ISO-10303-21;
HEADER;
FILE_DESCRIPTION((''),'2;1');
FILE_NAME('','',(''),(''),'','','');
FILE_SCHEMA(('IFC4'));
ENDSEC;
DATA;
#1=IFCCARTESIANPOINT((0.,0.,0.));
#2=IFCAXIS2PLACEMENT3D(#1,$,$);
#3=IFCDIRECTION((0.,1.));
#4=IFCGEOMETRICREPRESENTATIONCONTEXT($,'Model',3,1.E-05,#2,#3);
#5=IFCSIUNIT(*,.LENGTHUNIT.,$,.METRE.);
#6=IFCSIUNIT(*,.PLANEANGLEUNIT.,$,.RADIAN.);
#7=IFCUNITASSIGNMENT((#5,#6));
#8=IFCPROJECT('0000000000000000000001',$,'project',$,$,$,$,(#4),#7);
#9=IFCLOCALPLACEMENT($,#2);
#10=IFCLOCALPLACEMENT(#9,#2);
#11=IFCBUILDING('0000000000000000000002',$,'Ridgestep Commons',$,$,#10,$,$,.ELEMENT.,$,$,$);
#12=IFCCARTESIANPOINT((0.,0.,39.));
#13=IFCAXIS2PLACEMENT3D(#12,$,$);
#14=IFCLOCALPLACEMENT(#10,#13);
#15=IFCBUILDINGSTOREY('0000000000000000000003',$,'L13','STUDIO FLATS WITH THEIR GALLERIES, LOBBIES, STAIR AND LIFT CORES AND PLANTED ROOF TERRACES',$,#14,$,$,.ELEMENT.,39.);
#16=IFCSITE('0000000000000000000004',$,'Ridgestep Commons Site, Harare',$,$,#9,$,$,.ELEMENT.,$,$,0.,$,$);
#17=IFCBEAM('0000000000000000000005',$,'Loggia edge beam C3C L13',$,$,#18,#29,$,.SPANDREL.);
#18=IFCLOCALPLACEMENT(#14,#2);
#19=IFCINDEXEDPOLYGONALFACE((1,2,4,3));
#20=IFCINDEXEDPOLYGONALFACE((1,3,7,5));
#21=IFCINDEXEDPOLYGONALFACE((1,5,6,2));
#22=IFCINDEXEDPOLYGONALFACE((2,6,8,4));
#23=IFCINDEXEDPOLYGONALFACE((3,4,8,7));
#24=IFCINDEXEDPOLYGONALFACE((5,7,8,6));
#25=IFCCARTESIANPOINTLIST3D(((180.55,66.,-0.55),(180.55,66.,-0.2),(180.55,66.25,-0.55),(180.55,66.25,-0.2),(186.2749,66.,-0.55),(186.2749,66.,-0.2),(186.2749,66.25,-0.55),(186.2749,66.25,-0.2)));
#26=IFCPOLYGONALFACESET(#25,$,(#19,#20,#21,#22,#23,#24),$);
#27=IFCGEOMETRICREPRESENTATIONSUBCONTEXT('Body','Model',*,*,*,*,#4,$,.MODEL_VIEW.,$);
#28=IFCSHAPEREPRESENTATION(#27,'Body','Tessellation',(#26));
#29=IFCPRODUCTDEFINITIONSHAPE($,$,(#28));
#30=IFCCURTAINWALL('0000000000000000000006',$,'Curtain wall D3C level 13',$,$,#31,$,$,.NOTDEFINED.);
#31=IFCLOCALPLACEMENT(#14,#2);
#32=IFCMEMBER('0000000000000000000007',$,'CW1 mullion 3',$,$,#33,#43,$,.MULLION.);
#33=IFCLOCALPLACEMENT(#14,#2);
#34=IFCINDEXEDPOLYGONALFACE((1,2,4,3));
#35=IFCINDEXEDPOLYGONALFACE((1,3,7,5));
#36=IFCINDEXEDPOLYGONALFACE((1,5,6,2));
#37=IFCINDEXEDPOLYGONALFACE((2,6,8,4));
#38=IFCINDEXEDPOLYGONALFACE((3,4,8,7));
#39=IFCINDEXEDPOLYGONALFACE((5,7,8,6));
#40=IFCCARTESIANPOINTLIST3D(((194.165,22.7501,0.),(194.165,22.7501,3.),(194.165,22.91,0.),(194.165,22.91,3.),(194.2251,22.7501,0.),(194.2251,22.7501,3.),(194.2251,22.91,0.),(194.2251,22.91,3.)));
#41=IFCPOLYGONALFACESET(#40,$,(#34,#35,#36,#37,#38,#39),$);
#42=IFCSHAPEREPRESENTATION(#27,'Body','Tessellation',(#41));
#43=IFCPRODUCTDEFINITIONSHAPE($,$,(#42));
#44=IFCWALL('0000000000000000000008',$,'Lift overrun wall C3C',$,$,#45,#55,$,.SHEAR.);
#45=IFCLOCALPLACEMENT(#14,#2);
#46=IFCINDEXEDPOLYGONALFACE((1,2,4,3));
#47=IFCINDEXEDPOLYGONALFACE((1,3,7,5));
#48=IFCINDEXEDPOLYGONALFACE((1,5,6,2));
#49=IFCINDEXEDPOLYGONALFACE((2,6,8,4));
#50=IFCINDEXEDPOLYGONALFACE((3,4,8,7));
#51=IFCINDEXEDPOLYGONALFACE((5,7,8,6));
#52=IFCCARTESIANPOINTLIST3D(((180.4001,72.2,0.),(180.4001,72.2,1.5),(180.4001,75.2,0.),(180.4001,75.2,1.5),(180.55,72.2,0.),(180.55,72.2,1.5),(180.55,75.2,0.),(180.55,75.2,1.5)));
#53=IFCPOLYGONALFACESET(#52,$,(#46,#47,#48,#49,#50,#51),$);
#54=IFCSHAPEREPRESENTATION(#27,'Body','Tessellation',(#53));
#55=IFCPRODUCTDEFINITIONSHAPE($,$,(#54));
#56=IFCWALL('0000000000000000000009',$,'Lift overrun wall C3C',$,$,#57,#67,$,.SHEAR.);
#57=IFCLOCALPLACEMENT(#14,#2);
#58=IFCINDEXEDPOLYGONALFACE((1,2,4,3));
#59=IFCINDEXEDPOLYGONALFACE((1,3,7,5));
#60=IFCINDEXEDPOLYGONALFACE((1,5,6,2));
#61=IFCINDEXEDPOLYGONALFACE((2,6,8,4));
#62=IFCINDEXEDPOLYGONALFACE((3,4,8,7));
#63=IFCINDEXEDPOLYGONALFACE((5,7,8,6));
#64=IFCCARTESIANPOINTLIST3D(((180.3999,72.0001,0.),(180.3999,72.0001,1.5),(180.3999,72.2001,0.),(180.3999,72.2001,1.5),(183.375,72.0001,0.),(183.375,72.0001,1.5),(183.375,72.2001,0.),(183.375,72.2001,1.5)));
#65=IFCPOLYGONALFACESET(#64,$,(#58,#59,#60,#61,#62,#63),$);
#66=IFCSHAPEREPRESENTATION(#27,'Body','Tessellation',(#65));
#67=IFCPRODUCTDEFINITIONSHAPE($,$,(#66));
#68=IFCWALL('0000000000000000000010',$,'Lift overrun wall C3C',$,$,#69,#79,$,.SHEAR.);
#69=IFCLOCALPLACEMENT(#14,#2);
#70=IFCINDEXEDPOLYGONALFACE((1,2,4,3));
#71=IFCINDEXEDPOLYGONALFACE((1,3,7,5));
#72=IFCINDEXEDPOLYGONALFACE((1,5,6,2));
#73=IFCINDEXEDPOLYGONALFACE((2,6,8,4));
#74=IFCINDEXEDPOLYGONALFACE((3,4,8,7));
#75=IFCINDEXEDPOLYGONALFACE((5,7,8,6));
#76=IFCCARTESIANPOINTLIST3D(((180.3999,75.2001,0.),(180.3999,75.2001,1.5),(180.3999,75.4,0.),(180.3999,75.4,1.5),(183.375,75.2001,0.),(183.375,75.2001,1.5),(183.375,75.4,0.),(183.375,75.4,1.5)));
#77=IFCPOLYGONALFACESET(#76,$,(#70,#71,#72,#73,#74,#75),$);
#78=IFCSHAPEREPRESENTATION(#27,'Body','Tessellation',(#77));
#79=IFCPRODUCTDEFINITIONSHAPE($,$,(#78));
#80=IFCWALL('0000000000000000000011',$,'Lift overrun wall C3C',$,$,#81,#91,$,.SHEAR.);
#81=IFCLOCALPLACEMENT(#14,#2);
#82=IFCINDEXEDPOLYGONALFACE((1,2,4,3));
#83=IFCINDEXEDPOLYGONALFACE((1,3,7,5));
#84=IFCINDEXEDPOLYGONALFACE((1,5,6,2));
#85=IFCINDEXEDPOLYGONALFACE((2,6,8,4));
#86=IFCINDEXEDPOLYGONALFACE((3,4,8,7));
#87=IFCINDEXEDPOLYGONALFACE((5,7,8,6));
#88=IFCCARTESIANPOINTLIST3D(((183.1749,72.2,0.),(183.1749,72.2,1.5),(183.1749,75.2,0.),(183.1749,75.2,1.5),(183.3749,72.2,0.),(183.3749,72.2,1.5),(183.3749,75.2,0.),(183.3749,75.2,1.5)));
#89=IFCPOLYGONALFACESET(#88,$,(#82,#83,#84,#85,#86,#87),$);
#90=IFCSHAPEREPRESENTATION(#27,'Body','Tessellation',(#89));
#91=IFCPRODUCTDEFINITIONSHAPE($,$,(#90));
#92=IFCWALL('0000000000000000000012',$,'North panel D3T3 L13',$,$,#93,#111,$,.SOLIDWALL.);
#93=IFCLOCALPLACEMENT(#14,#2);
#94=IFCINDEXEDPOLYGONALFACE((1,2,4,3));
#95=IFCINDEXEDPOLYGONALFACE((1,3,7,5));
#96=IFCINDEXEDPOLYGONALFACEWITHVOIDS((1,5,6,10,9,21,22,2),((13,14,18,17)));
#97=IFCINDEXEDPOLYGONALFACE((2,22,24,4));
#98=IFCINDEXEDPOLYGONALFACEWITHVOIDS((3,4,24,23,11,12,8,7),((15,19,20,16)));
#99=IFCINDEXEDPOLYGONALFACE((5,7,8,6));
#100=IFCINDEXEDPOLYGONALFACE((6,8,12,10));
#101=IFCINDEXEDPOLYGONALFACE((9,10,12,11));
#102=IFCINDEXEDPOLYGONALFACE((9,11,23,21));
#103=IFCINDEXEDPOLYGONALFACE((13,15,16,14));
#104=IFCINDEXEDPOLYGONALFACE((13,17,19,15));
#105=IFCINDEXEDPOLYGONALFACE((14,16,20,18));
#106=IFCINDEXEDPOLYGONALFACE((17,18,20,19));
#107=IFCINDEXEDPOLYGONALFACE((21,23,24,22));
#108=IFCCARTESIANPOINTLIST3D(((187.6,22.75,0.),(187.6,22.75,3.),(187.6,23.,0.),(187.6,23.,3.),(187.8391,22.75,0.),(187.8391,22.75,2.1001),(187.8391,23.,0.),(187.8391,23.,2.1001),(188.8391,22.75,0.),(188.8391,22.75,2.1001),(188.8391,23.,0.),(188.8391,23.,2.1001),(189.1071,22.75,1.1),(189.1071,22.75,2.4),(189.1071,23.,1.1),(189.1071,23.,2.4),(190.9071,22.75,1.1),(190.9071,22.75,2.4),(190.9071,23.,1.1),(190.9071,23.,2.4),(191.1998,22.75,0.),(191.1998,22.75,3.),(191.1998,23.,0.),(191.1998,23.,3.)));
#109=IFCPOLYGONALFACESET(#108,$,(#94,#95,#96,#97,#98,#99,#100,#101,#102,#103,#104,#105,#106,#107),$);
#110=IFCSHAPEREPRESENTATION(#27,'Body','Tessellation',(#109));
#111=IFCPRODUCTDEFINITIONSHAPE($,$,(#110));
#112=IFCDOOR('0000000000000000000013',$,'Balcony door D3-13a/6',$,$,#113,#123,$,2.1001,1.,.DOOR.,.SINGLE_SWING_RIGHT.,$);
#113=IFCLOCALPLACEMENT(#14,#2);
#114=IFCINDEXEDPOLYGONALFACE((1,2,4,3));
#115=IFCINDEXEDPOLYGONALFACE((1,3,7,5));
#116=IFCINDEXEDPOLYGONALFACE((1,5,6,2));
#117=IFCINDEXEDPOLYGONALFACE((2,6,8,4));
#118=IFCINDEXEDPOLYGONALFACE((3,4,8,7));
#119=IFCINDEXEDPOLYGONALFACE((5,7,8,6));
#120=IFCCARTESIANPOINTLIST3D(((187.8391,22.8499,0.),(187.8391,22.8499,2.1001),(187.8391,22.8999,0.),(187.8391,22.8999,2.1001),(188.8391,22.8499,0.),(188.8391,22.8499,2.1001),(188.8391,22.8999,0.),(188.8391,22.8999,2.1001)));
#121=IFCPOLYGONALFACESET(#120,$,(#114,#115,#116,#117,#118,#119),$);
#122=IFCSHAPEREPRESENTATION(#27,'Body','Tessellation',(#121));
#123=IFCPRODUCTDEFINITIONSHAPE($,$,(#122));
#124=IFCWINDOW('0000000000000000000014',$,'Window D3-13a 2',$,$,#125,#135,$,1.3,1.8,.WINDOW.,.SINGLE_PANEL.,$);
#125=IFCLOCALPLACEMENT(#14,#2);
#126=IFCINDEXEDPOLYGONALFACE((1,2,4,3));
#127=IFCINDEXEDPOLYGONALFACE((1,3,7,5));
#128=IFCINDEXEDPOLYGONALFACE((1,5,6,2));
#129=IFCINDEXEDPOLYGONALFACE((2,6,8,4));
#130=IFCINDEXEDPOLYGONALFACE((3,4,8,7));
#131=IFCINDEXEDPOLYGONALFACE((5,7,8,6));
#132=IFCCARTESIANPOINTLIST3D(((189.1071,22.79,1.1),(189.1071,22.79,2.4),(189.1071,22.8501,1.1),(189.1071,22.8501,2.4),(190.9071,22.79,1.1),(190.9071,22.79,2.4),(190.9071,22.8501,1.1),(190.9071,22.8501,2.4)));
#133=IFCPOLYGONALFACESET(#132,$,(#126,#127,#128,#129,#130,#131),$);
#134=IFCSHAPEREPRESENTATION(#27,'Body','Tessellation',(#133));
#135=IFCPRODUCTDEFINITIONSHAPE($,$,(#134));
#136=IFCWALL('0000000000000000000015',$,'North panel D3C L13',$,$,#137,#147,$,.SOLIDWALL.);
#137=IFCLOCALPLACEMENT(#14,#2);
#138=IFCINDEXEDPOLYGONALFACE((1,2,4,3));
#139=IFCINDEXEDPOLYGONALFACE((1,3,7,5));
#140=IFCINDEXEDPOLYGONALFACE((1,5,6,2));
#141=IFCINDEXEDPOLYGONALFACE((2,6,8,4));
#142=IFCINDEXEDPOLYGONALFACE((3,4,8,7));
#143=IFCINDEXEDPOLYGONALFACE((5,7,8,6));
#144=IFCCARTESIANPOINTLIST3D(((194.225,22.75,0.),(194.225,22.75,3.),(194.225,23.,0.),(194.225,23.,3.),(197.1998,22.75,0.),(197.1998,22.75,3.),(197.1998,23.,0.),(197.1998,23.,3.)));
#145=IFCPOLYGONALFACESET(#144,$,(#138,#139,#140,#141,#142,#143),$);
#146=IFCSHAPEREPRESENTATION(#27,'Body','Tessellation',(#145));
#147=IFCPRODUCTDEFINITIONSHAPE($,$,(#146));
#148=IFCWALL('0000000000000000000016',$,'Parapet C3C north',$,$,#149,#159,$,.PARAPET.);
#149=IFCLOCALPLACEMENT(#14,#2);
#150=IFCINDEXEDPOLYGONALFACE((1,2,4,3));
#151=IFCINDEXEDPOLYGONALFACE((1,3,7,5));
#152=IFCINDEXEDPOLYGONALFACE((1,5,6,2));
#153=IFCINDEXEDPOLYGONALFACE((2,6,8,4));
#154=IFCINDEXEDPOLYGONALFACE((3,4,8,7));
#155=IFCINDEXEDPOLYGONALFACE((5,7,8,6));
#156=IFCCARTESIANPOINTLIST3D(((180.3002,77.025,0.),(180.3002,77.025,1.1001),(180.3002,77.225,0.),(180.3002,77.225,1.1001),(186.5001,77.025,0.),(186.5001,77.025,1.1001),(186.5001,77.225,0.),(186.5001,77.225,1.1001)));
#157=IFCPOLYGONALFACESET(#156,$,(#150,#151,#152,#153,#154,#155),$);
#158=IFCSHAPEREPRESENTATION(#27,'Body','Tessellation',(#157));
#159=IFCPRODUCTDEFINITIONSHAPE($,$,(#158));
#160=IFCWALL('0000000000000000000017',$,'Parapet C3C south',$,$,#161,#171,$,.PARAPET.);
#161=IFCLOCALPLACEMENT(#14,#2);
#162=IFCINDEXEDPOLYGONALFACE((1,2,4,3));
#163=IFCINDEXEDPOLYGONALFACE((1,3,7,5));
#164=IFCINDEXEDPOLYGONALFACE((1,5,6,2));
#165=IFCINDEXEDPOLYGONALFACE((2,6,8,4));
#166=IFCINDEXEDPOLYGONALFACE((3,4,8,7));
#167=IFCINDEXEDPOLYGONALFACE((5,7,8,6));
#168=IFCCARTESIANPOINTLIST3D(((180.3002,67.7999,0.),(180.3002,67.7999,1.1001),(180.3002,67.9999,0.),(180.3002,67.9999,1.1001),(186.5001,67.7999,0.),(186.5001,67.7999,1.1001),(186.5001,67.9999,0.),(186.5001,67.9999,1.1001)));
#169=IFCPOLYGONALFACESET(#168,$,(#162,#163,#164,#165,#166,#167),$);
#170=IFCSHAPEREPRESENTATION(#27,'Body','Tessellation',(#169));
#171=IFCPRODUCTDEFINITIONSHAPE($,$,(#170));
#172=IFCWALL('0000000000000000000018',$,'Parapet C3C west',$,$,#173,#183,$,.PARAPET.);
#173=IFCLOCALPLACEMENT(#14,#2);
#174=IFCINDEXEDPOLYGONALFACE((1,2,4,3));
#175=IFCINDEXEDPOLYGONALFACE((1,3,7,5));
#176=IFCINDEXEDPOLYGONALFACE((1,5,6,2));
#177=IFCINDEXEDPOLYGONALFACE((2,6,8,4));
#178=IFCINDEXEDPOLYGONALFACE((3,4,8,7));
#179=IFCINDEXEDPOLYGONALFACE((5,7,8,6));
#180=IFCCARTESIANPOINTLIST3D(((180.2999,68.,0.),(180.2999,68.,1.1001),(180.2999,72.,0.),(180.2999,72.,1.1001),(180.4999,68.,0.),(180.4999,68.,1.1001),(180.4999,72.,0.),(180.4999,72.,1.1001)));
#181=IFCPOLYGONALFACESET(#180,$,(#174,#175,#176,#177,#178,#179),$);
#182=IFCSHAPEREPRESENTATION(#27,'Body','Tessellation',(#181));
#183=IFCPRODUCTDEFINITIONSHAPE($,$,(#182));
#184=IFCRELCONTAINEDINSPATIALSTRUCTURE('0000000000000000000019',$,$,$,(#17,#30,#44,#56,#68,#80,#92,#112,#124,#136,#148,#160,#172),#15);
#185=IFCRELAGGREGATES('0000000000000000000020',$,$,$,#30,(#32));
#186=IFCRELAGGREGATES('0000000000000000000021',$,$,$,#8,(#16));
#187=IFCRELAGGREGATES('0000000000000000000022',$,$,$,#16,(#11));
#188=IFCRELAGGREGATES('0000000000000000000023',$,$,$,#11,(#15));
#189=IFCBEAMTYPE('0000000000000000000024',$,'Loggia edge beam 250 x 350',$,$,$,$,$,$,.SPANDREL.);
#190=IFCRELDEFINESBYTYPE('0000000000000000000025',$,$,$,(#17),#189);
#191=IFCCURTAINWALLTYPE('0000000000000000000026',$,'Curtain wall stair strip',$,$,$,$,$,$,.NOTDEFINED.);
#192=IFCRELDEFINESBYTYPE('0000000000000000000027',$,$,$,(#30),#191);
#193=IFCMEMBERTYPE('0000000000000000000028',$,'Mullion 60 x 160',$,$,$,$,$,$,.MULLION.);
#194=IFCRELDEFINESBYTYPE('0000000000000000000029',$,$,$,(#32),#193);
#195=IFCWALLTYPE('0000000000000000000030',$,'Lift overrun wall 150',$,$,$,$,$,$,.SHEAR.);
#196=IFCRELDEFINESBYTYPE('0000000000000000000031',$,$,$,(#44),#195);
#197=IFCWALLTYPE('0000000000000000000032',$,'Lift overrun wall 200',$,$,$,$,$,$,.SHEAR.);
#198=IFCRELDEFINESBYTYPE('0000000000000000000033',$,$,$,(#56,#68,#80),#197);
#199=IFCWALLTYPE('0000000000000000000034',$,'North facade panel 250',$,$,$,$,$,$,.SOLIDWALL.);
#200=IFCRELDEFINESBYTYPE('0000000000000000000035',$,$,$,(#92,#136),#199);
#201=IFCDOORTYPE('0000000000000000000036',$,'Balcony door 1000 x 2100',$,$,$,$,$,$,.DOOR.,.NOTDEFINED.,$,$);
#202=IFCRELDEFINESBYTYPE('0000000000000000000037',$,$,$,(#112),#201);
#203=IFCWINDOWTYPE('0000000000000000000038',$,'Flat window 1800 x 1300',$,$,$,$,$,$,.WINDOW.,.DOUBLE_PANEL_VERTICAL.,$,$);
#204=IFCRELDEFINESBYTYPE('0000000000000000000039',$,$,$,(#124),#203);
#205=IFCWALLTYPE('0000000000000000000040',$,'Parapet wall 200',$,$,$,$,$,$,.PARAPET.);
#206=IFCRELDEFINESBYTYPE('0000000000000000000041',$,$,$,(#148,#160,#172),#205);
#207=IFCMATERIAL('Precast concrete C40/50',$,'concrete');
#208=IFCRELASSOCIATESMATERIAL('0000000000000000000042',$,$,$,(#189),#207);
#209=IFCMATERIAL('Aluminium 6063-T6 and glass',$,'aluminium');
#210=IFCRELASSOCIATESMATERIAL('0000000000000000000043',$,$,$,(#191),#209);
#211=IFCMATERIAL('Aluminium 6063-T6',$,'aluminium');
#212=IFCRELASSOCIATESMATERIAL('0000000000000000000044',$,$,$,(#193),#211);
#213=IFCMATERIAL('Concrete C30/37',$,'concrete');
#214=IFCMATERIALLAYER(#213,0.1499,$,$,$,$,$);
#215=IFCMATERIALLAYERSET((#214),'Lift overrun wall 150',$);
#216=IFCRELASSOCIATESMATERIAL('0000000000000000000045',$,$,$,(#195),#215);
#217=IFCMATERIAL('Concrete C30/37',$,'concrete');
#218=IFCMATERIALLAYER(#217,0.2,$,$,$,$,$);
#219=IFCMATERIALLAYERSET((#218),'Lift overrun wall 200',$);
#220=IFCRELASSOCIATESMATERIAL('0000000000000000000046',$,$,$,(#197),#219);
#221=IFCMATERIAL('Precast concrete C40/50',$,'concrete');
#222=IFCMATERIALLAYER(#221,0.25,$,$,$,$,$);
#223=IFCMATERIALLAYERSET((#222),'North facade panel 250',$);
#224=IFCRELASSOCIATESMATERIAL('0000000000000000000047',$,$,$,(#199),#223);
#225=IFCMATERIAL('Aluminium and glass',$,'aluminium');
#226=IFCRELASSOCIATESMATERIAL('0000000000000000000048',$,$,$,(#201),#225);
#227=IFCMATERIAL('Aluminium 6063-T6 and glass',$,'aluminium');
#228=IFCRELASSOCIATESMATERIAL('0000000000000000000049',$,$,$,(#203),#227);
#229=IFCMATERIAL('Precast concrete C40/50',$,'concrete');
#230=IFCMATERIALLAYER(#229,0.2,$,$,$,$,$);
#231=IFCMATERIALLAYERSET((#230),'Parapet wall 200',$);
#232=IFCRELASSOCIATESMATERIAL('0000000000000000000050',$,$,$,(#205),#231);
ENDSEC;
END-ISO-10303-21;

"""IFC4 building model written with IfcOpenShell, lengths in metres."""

from ifc_helpers import new_model, si_unit, direction, frame, frame_2d, origin, origin_2d, place, context, subcontext, project, spatial, rectangle, extrude, material, layer, layer_set, material_profile, profile_set, type_object, element, fill, aggregate, save


model = new_model("IFC4")

# Units and contexts
model_context = context("Model", 3, precision=1e-05, world=origin(), true_north=direction((0.0, 1.0)))
body_context = subcontext(model_context, "Body", "Model", "MODEL_VIEW")
ifc_project = project(units=[si_unit("LENGTHUNIT", "METRE"), si_unit("PLANEANGLEUNIT", "RADIAN")], contexts=[model_context])

# Site, building, storey
site_placement = place(None, origin())
site = spatial("IfcSite", under=ifc_project, at=site_placement, Name="Ridgestep Commons Site, Harare", CompositionType="ELEMENT", RefElevation=0.0)
building_placement = place(site_placement, origin())
building = spatial("IfcBuilding", under=site, at=building_placement, Name="Ridgestep Commons", CompositionType="ELEMENT")
storey_placement = place(building_placement, frame((0.0, 0.0, 39.0)))
storey = spatial("IfcBuildingStorey", under=building, at=storey_placement, Name="L13", Description="STUDIO FLATS WITH THEIR GALLERIES, LOBBIES, STAIR AND LIFT CORES AND PLANTED ROOF TERRACES", CompositionType="ELEMENT", Elevation=39.0)

# Beam
ifc_material_1 = material(Name="Precast concrete C40/50", Category="concrete")
ifc_material_profile_1 = material_profile(ifc_material_1, rectangle(XDim=0.25, YDim=0.3501, at=origin_2d()), Name="PC 250x350")
ifc_profile_set_1 = profile_set([ifc_material_profile_1], Name="Precast concrete C40/50")
beam_type = type_object("IfcBeamType", Name="Loggia edge beam 250 x 350", PredefinedType="SPANDREL", material=ifc_profile_set_1)
beam_placement = place(storey_placement, frame((180.55, 66.125, -0.375), z_axis=(1.0, 0.0, 0.0), x_axis=(0.0, 1.0, 0.0)))
element("IfcBeam", 1, at=beam_placement, inside=storey, type_object=beam_type, Name="Loggia edge beam C3C L13", PredefinedType="SPANDREL", context=body_context, shape_type="SweptSolid", body=[
    extrude(rectangle(XDim=0.25, YDim=0.3501, at=origin_2d()), origin(), (0.0, 0.0, 1.0), 5.7249),
])

# Curtain wall, member
ifc_material_2 = material(Name="Aluminium 6063-T6 and glass", Category="aluminium")
curtain_wall_type = type_object("IfcCurtainWallType", Name="Curtain wall stair strip", PredefinedType="NOTDEFINED", material=ifc_material_2)
curtain_wall_placement = place(storey_placement, origin())
curtain_wall = element("IfcCurtainWall", 2, at=curtain_wall_placement, inside=storey, type_object=curtain_wall_type, Name="Curtain wall D3C level 13", PredefinedType="NOTDEFINED")
ifc_material_3 = material(Name="Aluminium 6063-T6", Category="aluminium")
ifc_material_profile_2 = material_profile(ifc_material_3, rectangle(XDim=0.1599, YDim=0.0601, at=origin_2d()), Name="Mullion 60 x 160")
ifc_profile_set_2 = profile_set([ifc_material_profile_2], Name="Aluminium 6063-T6")
member_type = type_object("IfcMemberType", Name="Mullion 60 x 160", PredefinedType="MULLION", material=ifc_profile_set_2)
member_placement = place(storey_placement, frame((194.1951, 22.8301, 0.0), z_axis=(0.0, 0.0, 1.0), x_axis=(0.0, 1.0, 0.0)))
member = element("IfcMember", 3, at=member_placement, type_object=member_type, Name="CW1 mullion 3", PredefinedType="MULLION", context=body_context, shape_type="SweptSolid", body=[
    extrude(rectangle(XDim=0.1599, YDim=0.0601, at=origin_2d()), origin(), (0.0, 0.0, 1.0), 3.0),
])
aggregate(curtain_wall, [member])

# Walls
ifc_material_4 = material(Name="Concrete C30/37", Category="concrete")
ifc_layer_1 = layer(ifc_material_4, 0.1499)
ifc_layer_set_1 = layer_set([ifc_layer_1], Name="Lift overrun wall 150")
wall_type_1 = type_object("IfcWallType", Name="Lift overrun wall 150", PredefinedType="SHEAR", material=ifc_layer_set_1)
wall_1_placement = place(storey_placement, frame((180.4751, 72.2, 0.0), z_axis=(0.0, 0.0, 1.0), x_axis=(0.0, 1.0, 0.0)))
element("IfcWall", 4, at=wall_1_placement, inside=storey, type_object=wall_type_1, Name="Lift overrun wall C3C", PredefinedType="SHEAR", context=body_context, shape_type="SweptSolid", body=[
    extrude(rectangle(XDim=3.0, YDim=0.1499, at=frame_2d((1.5, 0.0))), origin(), (0.0, 0.0, 1.0), 1.5),
])
ifc_material_5 = material(Name="Concrete C30/37", Category="concrete")
ifc_layer_2 = layer(ifc_material_5, 0.2)
ifc_layer_set_2 = layer_set([ifc_layer_2], Name="Lift overrun wall 200")
wall_type_2 = type_object("IfcWallType", Name="Lift overrun wall 200", PredefinedType="SHEAR", material=ifc_layer_set_2)
for number, where, z_axis, x_axis, name in (
    (5, (180.3999, 72.1001, 0.0), (0.0, 0.0, 1.0), (1.0, 0.0, 0.0), "Lift overrun wall C3C"),
    (6, (180.3999, 75.3, 0.0), (0.0, 0.0, 1.0), (1.0, 0.0, 0.0), "Lift overrun wall C3C"),
):
    element("IfcWall", number, at=place(storey_placement, frame(where, z_axis=z_axis, x_axis=x_axis)), inside=storey, type_object=wall_type_2, Name=name, PredefinedType="SHEAR", context=body_context, shape_type="SweptSolid", body=[
        extrude(rectangle(XDim=2.9751, YDim=0.2, at=frame_2d((1.4875, 0.0))), origin(), (0.0, 0.0, 1.0), 1.5),
    ])
wall_2_placement = place(storey_placement, frame((183.2749, 72.2, 0.0), z_axis=(0.0, 0.0, 1.0), x_axis=(0.0, 1.0, 0.0)))
element("IfcWall", 7, at=wall_2_placement, inside=storey, type_object=wall_type_2, Name="Lift overrun wall C3C", PredefinedType="SHEAR", context=body_context, shape_type="SweptSolid", body=[
    extrude(rectangle(XDim=3.0, YDim=0.2, at=frame_2d((1.5, 0.0))), origin(), (0.0, 0.0, 1.0), 1.5),
])

# Wall, openings, door, window
ifc_material_6 = material(Name="Precast concrete C40/50", Category="concrete")
ifc_layer_3 = layer(ifc_material_6, 0.25)
ifc_layer_set_3 = layer_set([ifc_layer_3], Name="North facade panel 250")
wall_type_3 = type_object("IfcWallType", Name="North facade panel 250", PredefinedType="SOLIDWALL", material=ifc_layer_set_3)
wall_3_placement = place(storey_placement, frame((187.6001, 22.875, 0.0), z_axis=(0.0, 0.0, 1.0), x_axis=(1.0, 0.0, 0.0)))
wall_3 = element("IfcWall", 8, at=wall_3_placement, inside=storey, type_object=wall_type_3, Name="North panel D3T3 L13", PredefinedType="SOLIDWALL", context=body_context, shape_type="SweptSolid", body=[
    extrude(rectangle(XDim=3.5999, YDim=0.25, at=frame_2d((1.7998, 0.0))), origin(), (0.0, 0.0, 1.0), 3.0),
])
opening_1_placement = place(wall_3_placement, frame((1.5071, 0.0, 1.1001)))
opening_1 = element("IfcOpeningElement", 9, at=opening_1_placement, cuts=wall_3, PredefinedType="OPENING", context=body_context, shape_type="SweptSolid", body=[
    extrude(rectangle(XDim=1.8, YDim=1.3, at=frame_2d((0.8999, 0.6499))), frame((0.0, 0.135, 0.0), z_axis=(0.0, -1.0, 0.0), x_axis=(1.0, 0.0, 0.0)), (0.0, 0.0, 1.0), 0.27),
])
opening_2_placement = place(wall_3_placement, frame((0.239, 0.0, 0.0)))
opening_2 = element("IfcOpeningElement", 10, at=opening_2_placement, cuts=wall_3, PredefinedType="OPENING", context=body_context, shape_type="SweptSolid", body=[
    extrude(rectangle(XDim=1.0, YDim=2.1001, at=frame_2d((0.5, 1.05))), frame((0.0, 0.135, 0.0), z_axis=(0.0, -1.0, 0.0), x_axis=(1.0, 0.0, 0.0)), (0.0, 0.0, 1.0), 0.27),
])
ifc_material_7 = material(Name="Aluminium and glass", Category="aluminium")
door_type = type_object("IfcDoorType", Name="Balcony door 1000 x 2100", OperationType="NOTDEFINED", PredefinedType="DOOR", material=ifc_material_7)
door_placement = place(opening_2_placement, origin())
door = element("IfcDoor", 11, at=door_placement, inside=storey, type_object=door_type, Name="Balcony door D3-13a/6", OperationType="SINGLE_SWING_RIGHT", OverallHeight=2.1001, OverallWidth=1.0, PredefinedType="DOOR", context=body_context, shape_type="SweptSolid", body=[
    extrude(rectangle(XDim=1.0, YDim=2.1001, at=frame_2d((0.5, 1.05))), frame((0.0, 0.0249, 0.0), z_axis=(0.0, -1.0, 0.0), x_axis=(1.0, 0.0, 0.0)), (0.0, 0.0, 1.0), 0.05),
])
fill(opening_2, door)
ifc_material_8 = material(Name="Aluminium 6063-T6 and glass", Category="aluminium")
window_type = type_object("IfcWindowType", Name="Flat window 1800 x 1300", PartitioningType="DOUBLE_PANEL_VERTICAL", PredefinedType="WINDOW", material=ifc_material_8)
window_placement = place(opening_1_placement, origin())
window = element("IfcWindow", 12, at=window_placement, inside=storey, type_object=window_type, Name="Window D3-13a 2", OverallHeight=1.3, OverallWidth=1.8, PartitioningType="SINGLE_PANEL", PredefinedType="WINDOW", context=body_context, shape_type="SweptSolid", body=[
    extrude(rectangle(XDim=1.8, YDim=1.3, at=frame_2d((0.8999, 0.6499))), frame((0.0, -0.0249, 0.0), z_axis=(0.0, -1.0, 0.0), x_axis=(1.0, 0.0, 0.0)), (0.0, 0.0, 1.0), 0.0601),
])
fill(opening_1, window)

# Walls
wall_4_placement = place(storey_placement, frame((194.2251, 22.875, 0.0), z_axis=(0.0, 0.0, 1.0), x_axis=(1.0, 0.0, 0.0)))
element("IfcWall", 13, at=wall_4_placement, inside=storey, type_object=wall_type_3, Name="North panel D3C L13", PredefinedType="SOLIDWALL", context=body_context, shape_type="SweptSolid", body=[
    extrude(rectangle(XDim=2.9749, YDim=0.25, at=frame_2d((1.4873, 0.0))), origin(), (0.0, 0.0, 1.0), 3.0),
])
ifc_material_9 = material(Name="Precast concrete C40/50", Category="concrete")
ifc_layer_4 = layer(ifc_material_9, 0.2)
ifc_layer_set_4 = layer_set([ifc_layer_4], Name="Parapet wall 200")
wall_type_4 = type_object("IfcWallType", Name="Parapet wall 200", PredefinedType="PARAPET", material=ifc_layer_set_4)
for number, where, z_axis, x_axis, name in (
    (14, (180.3, 77.125, 0.0), (0.0, 0.0, 1.0), (1.0, 0.0, 0.0), "Parapet C3C north"),
    (15, (180.3, 67.8999, 0.0), (0.0, 0.0, 1.0), (1.0, 0.0, 0.0), "Parapet C3C south"),
):
    element("IfcWall", number, at=place(storey_placement, frame(where, z_axis=z_axis, x_axis=x_axis)), inside=storey, type_object=wall_type_4, Name=name, PredefinedType="PARAPET", context=body_context, shape_type="SweptSolid", body=[
        extrude(rectangle(XDim=6.2, YDim=0.2, at=frame_2d((3.1001, 0.0))), origin(), (0.0, 0.0, 1.0), 1.1001),
    ])
wall_5_placement = place(storey_placement, frame((180.3999, 68.0, 0.0), z_axis=(0.0, 0.0, 1.0), x_axis=(0.0, 1.0, 0.0)))
element("IfcWall", 16, at=wall_5_placement, inside=storey, type_object=wall_type_4, Name="Parapet C3C west", PredefinedType="PARAPET", context=body_context, shape_type="SweptSolid", body=[
    extrude(rectangle(XDim=4.0, YDim=0.2, at=frame_2d((2.0, 0.0))), origin(), (0.0, 0.0, 1.0), 1.1001),
])

save(model, "model.ifc")
